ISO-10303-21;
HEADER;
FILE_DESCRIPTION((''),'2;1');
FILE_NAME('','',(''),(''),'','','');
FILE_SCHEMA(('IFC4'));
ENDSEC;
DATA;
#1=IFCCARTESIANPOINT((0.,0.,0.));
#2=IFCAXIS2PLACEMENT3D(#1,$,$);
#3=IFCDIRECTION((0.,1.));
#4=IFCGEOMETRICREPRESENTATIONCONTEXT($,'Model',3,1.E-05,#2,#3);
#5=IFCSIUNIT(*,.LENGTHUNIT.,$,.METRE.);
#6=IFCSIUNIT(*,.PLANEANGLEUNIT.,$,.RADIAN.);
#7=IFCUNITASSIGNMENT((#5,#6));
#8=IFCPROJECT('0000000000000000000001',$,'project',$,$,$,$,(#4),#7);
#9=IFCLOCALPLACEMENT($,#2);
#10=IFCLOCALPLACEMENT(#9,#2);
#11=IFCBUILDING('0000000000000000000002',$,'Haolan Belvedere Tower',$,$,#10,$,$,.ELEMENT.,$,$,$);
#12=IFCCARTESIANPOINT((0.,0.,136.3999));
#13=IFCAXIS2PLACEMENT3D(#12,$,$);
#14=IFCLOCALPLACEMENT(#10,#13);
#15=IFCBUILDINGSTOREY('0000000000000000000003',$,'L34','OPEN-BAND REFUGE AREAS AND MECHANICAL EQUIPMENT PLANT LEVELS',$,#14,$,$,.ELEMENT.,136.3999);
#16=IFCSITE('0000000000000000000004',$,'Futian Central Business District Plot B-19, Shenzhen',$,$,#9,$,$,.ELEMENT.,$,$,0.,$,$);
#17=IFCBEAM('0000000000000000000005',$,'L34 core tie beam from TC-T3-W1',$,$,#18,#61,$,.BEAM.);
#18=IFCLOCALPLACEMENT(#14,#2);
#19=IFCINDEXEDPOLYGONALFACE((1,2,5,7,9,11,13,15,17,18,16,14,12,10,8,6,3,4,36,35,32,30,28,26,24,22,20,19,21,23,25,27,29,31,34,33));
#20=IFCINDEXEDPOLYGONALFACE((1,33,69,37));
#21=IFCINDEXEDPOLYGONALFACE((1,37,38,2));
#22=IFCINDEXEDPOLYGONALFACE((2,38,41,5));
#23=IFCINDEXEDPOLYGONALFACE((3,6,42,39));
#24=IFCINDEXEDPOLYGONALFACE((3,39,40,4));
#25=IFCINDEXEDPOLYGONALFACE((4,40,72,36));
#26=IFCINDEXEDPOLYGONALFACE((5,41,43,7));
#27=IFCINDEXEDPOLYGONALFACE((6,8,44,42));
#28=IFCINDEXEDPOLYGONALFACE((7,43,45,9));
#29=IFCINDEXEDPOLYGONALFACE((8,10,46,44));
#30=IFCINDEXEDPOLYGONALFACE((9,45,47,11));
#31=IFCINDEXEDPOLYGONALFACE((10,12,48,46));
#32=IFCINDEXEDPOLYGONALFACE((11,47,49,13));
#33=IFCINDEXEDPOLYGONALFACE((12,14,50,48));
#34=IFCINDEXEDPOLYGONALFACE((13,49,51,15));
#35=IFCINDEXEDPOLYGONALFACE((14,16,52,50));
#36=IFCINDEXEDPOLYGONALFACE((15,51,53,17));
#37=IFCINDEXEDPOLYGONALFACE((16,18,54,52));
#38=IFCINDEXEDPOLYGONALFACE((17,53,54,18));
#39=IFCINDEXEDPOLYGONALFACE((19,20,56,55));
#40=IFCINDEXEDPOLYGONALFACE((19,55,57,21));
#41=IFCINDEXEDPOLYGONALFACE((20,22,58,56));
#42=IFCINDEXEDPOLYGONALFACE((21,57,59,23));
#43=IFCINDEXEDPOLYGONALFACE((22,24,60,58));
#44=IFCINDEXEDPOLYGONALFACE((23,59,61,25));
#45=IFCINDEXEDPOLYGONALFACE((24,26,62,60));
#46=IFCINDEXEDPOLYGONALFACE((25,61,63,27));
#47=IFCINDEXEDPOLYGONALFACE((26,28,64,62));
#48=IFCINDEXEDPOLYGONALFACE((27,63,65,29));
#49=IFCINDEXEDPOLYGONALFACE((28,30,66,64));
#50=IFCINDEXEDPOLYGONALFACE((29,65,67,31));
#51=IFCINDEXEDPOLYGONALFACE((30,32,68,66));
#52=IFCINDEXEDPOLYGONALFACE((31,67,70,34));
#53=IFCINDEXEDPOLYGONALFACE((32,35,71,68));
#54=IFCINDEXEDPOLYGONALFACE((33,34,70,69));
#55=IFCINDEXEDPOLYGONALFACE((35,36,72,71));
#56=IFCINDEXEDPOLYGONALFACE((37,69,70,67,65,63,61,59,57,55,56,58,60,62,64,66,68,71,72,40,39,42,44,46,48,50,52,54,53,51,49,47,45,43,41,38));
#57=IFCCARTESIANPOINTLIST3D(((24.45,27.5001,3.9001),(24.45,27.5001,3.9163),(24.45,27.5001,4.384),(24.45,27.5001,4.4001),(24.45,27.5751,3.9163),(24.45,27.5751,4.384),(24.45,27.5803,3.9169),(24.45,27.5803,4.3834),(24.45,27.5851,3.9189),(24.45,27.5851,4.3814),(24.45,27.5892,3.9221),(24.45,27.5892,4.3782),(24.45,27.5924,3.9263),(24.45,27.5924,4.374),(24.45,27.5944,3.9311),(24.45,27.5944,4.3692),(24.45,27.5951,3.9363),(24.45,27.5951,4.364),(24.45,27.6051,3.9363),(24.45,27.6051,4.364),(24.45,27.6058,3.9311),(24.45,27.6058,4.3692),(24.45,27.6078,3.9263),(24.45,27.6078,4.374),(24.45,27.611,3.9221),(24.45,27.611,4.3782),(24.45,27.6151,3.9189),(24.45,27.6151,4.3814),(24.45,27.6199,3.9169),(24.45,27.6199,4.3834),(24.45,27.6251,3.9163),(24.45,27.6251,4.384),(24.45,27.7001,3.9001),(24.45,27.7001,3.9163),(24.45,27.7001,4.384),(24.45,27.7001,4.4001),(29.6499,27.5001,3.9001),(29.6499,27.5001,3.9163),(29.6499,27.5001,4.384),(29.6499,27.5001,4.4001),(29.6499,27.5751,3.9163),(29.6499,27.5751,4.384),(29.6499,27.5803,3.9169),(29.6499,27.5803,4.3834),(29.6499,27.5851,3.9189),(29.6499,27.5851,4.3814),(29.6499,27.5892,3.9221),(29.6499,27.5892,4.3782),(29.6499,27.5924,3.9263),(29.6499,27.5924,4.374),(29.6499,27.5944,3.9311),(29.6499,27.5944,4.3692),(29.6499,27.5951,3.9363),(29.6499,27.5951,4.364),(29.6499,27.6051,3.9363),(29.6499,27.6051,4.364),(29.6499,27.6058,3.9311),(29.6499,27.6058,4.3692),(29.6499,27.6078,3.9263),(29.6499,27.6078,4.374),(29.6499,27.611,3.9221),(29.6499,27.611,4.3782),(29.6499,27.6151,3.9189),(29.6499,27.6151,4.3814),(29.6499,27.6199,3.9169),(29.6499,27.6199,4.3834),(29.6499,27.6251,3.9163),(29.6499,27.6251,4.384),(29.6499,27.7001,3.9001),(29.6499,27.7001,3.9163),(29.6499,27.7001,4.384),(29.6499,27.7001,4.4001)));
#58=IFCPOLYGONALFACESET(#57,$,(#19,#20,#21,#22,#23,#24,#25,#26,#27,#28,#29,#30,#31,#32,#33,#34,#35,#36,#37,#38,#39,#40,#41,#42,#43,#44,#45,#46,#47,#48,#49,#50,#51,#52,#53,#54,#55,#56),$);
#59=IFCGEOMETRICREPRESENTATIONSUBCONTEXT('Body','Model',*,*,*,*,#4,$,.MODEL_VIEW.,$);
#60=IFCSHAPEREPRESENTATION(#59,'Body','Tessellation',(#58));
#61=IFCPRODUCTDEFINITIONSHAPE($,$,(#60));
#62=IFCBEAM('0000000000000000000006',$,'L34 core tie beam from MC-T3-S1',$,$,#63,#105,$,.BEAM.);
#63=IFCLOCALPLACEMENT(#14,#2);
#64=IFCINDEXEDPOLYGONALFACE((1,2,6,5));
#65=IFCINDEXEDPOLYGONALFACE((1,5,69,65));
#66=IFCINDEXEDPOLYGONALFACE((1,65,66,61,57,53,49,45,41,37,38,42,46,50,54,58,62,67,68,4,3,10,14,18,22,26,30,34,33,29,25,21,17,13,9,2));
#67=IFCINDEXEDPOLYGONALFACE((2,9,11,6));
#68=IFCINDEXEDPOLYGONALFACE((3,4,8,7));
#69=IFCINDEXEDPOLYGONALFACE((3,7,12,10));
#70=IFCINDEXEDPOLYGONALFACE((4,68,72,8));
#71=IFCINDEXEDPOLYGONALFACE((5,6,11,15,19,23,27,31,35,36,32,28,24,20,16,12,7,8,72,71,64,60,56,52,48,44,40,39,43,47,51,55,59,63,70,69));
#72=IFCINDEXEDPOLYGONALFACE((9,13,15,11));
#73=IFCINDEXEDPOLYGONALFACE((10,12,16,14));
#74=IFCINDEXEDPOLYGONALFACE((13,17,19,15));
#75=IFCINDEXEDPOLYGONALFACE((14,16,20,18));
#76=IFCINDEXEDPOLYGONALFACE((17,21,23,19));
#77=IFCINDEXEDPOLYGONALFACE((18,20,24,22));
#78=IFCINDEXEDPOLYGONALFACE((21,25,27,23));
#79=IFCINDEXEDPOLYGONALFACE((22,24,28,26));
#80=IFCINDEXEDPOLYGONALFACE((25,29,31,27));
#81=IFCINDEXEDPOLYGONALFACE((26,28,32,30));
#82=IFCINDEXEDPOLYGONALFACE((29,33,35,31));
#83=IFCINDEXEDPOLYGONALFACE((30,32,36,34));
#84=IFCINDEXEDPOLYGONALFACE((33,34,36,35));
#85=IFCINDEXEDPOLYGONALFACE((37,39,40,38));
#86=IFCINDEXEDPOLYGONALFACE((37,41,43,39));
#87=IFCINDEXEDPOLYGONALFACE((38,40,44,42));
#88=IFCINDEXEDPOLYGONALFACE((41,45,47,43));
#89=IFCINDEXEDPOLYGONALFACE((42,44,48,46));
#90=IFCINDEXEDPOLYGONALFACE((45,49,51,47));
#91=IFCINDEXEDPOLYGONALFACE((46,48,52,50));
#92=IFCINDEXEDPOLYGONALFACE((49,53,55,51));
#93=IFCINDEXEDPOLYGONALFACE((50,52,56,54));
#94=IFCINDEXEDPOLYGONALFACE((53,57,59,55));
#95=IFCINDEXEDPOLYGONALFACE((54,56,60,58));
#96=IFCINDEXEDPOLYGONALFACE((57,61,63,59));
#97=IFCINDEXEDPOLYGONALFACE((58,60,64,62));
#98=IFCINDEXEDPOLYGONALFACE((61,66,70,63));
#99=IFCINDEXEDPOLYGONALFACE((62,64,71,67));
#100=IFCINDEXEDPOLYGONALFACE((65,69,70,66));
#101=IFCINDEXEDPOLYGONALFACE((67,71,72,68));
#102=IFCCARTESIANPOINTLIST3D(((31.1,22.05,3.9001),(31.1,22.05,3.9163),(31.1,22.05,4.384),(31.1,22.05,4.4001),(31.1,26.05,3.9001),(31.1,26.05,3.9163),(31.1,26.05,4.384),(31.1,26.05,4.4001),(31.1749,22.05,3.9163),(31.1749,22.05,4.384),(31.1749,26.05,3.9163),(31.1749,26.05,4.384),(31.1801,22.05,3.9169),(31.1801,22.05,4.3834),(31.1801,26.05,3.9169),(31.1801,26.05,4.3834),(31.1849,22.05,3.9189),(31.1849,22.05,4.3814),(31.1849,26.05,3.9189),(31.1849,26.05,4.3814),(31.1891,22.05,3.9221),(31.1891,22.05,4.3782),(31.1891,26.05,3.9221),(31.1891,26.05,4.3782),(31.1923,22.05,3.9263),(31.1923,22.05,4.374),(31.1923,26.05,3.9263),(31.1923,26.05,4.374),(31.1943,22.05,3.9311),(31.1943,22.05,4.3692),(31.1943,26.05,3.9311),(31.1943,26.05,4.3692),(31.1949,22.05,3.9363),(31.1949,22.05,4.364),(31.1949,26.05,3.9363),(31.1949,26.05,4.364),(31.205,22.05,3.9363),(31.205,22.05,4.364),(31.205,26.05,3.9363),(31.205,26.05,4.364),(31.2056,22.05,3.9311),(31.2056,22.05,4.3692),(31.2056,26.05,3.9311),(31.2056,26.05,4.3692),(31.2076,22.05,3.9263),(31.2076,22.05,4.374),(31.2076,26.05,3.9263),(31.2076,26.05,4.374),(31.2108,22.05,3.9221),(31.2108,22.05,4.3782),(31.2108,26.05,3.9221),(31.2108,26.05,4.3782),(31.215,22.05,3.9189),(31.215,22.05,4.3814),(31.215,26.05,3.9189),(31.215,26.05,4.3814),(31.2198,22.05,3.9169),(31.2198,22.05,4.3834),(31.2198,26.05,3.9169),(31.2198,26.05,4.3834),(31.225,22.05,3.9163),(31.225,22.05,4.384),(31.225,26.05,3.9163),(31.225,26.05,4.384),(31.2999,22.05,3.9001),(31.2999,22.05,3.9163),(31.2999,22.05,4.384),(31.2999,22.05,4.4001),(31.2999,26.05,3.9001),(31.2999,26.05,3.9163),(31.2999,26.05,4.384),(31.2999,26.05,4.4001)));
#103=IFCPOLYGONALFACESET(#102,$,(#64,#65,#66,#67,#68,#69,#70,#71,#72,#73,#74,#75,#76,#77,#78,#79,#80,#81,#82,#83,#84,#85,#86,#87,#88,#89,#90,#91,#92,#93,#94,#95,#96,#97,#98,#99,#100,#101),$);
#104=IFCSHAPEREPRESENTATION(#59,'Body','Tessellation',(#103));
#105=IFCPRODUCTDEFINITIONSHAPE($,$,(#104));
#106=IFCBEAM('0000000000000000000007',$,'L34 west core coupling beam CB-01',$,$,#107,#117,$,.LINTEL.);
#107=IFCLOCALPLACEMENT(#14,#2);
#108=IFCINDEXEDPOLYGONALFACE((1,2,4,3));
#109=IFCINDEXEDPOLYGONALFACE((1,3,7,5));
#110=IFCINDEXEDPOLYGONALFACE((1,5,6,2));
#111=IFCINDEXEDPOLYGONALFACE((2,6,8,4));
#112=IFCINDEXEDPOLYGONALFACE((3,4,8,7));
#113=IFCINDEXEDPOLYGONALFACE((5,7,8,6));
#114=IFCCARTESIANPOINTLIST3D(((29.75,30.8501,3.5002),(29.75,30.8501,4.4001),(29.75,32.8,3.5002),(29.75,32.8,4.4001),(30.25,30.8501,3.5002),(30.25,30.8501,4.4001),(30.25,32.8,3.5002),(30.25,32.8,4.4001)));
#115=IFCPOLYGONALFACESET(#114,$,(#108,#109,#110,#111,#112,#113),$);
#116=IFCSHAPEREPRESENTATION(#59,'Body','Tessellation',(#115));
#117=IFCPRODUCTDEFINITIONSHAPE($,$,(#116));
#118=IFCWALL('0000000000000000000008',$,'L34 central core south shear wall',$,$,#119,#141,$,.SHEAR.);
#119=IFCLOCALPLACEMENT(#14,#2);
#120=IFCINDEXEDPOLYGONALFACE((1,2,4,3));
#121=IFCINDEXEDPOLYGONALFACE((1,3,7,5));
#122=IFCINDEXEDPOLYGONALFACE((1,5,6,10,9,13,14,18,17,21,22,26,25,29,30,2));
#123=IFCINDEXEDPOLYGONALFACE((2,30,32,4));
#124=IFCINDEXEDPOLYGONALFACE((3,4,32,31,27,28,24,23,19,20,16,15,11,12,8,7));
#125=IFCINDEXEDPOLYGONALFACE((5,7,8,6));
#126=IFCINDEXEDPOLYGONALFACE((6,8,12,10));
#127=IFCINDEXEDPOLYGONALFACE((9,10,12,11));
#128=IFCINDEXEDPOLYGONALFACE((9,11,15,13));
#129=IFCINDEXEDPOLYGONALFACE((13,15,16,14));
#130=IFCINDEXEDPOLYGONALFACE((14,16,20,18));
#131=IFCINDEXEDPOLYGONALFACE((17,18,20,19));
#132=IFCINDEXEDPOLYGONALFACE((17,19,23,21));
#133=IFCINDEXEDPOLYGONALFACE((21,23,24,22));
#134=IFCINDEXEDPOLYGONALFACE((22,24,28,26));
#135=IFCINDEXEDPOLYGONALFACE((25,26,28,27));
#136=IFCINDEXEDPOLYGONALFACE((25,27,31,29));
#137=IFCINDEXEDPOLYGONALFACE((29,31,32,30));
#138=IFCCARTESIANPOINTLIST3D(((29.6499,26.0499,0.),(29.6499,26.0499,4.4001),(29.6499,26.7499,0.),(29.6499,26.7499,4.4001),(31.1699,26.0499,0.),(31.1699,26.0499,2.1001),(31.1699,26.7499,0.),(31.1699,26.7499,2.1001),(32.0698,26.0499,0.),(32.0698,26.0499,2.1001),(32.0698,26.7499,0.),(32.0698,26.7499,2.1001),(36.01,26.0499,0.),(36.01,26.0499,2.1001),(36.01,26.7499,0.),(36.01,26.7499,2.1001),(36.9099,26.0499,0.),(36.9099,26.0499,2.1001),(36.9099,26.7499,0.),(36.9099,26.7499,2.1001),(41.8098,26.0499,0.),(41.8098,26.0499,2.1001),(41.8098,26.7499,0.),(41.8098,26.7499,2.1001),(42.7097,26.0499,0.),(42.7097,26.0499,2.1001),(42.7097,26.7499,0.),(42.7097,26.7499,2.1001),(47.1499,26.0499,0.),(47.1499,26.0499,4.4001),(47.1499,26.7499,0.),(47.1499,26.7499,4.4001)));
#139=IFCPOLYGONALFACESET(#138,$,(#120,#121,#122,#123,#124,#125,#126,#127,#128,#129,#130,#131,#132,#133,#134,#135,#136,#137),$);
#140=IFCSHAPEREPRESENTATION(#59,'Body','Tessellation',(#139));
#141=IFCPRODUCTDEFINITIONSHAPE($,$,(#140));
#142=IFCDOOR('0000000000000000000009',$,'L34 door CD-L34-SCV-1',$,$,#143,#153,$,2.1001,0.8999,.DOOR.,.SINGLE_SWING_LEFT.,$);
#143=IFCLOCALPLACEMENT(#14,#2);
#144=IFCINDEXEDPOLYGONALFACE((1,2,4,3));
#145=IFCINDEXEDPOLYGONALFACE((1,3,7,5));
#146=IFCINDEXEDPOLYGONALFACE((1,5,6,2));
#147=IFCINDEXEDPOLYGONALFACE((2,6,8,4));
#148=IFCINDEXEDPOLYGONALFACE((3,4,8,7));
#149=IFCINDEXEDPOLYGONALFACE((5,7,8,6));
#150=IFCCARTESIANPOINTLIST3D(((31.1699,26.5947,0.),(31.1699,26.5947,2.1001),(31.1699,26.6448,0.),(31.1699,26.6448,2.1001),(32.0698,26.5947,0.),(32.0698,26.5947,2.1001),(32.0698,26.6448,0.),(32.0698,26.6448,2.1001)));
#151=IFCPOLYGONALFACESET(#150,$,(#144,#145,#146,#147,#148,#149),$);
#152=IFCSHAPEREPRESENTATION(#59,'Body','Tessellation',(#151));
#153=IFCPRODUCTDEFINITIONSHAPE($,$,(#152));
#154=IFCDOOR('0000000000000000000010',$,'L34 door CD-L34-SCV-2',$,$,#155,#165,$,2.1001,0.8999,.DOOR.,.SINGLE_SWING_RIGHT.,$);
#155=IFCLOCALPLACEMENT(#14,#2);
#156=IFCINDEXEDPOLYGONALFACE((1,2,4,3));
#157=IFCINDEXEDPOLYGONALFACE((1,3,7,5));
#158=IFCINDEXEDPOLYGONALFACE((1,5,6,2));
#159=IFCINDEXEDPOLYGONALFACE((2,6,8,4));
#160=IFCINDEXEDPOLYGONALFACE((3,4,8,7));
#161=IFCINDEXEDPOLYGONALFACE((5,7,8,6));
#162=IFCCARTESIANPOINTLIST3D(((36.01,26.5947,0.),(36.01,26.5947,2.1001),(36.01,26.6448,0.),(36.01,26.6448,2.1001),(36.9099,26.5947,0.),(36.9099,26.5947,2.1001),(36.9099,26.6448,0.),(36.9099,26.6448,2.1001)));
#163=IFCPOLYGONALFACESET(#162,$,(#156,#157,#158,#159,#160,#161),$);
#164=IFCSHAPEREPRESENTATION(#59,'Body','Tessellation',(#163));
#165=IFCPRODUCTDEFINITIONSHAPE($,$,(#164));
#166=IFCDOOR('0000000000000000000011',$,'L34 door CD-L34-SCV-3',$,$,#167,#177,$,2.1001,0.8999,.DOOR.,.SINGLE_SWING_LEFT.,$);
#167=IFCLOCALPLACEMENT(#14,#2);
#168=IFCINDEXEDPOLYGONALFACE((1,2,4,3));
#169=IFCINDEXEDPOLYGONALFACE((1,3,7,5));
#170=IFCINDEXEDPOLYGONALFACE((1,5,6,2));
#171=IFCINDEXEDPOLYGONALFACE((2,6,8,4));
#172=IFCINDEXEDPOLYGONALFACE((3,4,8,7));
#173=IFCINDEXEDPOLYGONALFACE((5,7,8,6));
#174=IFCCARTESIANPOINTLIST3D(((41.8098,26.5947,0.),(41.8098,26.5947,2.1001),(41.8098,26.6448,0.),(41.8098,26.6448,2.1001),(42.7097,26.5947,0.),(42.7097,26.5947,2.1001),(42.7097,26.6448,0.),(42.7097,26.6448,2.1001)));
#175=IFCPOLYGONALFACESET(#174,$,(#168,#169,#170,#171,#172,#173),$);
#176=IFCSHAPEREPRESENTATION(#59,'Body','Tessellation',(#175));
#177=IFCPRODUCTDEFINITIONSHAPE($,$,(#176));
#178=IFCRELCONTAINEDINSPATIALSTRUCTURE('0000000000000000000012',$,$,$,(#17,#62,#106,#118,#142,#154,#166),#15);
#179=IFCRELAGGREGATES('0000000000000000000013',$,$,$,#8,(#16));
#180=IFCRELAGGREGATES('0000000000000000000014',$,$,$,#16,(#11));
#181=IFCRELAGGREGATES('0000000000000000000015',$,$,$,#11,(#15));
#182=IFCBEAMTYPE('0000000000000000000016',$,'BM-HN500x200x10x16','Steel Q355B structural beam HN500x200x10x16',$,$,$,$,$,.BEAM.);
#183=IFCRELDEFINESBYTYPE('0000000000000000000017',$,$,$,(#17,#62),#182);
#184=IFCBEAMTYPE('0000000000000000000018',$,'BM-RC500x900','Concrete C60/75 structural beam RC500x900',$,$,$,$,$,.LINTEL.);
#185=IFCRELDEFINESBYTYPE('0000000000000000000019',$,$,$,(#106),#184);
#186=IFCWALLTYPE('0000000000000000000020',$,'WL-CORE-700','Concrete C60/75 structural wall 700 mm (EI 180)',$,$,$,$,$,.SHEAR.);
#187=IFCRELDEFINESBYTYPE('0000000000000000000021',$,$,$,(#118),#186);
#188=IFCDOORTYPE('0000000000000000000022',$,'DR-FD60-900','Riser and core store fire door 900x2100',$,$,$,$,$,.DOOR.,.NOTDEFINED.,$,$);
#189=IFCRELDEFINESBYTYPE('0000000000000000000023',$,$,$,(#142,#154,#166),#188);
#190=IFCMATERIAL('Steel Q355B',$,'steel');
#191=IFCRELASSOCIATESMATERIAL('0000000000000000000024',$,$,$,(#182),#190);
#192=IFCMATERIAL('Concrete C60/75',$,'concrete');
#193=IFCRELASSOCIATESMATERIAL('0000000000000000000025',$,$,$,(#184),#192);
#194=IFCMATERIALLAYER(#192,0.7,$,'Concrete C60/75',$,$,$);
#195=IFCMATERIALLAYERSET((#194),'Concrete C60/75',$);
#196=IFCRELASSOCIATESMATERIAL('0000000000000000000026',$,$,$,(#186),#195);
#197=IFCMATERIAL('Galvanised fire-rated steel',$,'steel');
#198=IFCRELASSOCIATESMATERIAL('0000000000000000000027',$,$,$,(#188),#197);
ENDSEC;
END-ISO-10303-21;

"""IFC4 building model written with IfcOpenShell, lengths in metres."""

from ifc_helpers import new_model, si_unit, direction, frame, frame_2d, origin, origin_2d, place, context, subcontext, project, spatial, rectangle, i_section, extrude, material, layer, layer_set, material_profile, profile_set, type_object, element, fill, save


model = new_model("IFC4")

# Units and contexts
model_context = context("Model", 3, precision=1e-05, world=origin(), true_north=direction((0.0, 1.0)))
body_context = subcontext(model_context, "Body", "Model", "MODEL_VIEW")
ifc_project = project(units=[si_unit("LENGTHUNIT", "METRE"), si_unit("PLANEANGLEUNIT", "RADIAN")], contexts=[model_context])

# Site, building, storey
site_placement = place(None, origin())
site = spatial("IfcSite", under=ifc_project, at=site_placement, Name="Futian Central Business District Plot B-19, Shenzhen", CompositionType="ELEMENT", RefElevation=0.0)
building_placement = place(site_placement, origin())
building = spatial("IfcBuilding", under=site, at=building_placement, Name="Haolan Belvedere Tower", CompositionType="ELEMENT")
storey_placement = place(building_placement, frame((0.0, 0.0, 136.3999)))
storey = spatial("IfcBuildingStorey", under=building, at=storey_placement, Name="L34", Description="OPEN-BAND REFUGE AREAS AND MECHANICAL EQUIPMENT PLANT LEVELS", CompositionType="ELEMENT", Elevation=136.3999)

# Beams
ifc_material_1 = material(Name="Steel Q355B", Category="steel")
ifc_material_profile_1 = material_profile(ifc_material_1, i_section(OverallWidth=0.2, OverallDepth=0.5, WebThickness=0.01, FlangeThickness=0.0161, FilletRadius=0.02, at=origin_2d()), Name="Steel Q355B")
ifc_profile_set_1 = profile_set([ifc_material_profile_1], Name="Steel Q355B")
beam_type_1 = type_object("IfcBeamType", Name="BM-HN500x200x10x16", Description="Steel Q355B structural beam HN500x200x10x16", PredefinedType="BEAM", material=ifc_profile_set_1)
beam_1_placement = place(storey_placement, frame((24.45, 27.6001, 4.1501), z_axis=(1.0, 0.0, 0.0), x_axis=(0.0, 1.0, 0.0)))
element("IfcBeam", 1, at=beam_1_placement, inside=storey, type_object=beam_type_1, Name="L34 core tie beam from TC-T3-W1", PredefinedType="BEAM", context=body_context, shape_type="SweptSolid", body=[
    extrude(i_section(OverallWidth=0.2, OverallDepth=0.5, WebThickness=0.01, FlangeThickness=0.0161, FilletRadius=0.02, at=origin_2d()), origin(), (0.0, 0.0, 1.0), 5.2),
])
beam_2_placement = place(storey_placement, frame((31.2, 22.05, 4.1501), z_axis=(0.0, 1.0, 0.0), x_axis=(-1.0, 0.0, 0.0)))
element("IfcBeam", 2, at=beam_2_placement, inside=storey, type_object=beam_type_1, Name="L34 core tie beam from MC-T3-S1", PredefinedType="BEAM", context=body_context, shape_type="SweptSolid", body=[
    extrude(i_section(OverallWidth=0.2, OverallDepth=0.5, WebThickness=0.01, FlangeThickness=0.0161, FilletRadius=0.02, at=origin_2d()), origin(), (0.0, 0.0, 1.0), 4.0),
])
ifc_material_2 = material(Name="Concrete C60/75", Category="concrete")
ifc_material_profile_2 = material_profile(ifc_material_2, rectangle(XDim=0.5, YDim=0.8999, at=origin_2d()), Name="Concrete C60/75")
ifc_profile_set_2 = profile_set([ifc_material_profile_2], Name="Concrete C60/75")
beam_type_2 = type_object("IfcBeamType", Name="BM-RC500x900", Description="Concrete C60/75 structural beam RC500x900", PredefinedType="LINTEL", material=ifc_profile_set_2)
beam_3_placement = place(storey_placement, frame((30.0, 30.8501, 3.9502), z_axis=(0.0, 1.0, 0.0), x_axis=(-1.0, 0.0, 0.0)))
element("IfcBeam", 3, at=beam_3_placement, inside=storey, type_object=beam_type_2, Name="L34 west core coupling beam CB-01", PredefinedType="LINTEL", context=body_context, shape_type="SweptSolid", body=[
    extrude(rectangle(XDim=0.5, YDim=0.8999, at=origin_2d()), origin(), (0.0, 0.0, 1.0), 1.95),
])

# Wall, openings, doors
ifc_layer_1 = layer(ifc_material_2, 0.7, Name="Concrete C60/75")
ifc_layer_set_1 = layer_set([ifc_layer_1], Name="Concrete C60/75")
wall_type_1 = type_object("IfcWallType", Name="WL-CORE-700", Description="Concrete C60/75 structural wall 700 mm (EI 180)", PredefinedType="SHEAR", material=ifc_layer_set_1)
wall_1_placement = place(storey_placement, frame((29.6499, 26.3999, 0.0), z_axis=(0.0, 0.0, 1.0), x_axis=(1.0, 0.0, 0.0)))
wall_1 = element("IfcWall", 4, at=wall_1_placement, inside=storey, type_object=wall_type_1, Name="L34 central core south shear wall", PredefinedType="SHEAR", context=body_context, shape_type="SweptSolid", body=[
    extrude(rectangle(XDim=17.5, YDim=0.7, at=frame_2d((8.75, 0.0))), origin(), (0.0, 0.0, 1.0), 4.4001),
])
opening_1_placement = place(wall_1_placement, frame((2.4199, 0.0, 0.0), z_axis=(0.0, 0.0, 1.0), x_axis=(-1.0, 0.0, 0.0)))
opening_1 = element("IfcOpeningElement", 5, at=opening_1_placement, cuts=wall_1, PredefinedType="OPENING", context=body_context, shape_type="SweptSolid", body=[
    extrude(rectangle(XDim=0.8999, YDim=2.1001, at=frame_2d((0.45, 1.05))), frame((0.0, 0.3599, 0.0), z_axis=(0.0, -1.0, 0.0), x_axis=(1.0, 0.0, 0.0)), (0.0, 0.0, 1.0), 0.72),
])
opening_2_placement = place(wall_1_placement, frame((7.26, 0.0, 0.0), z_axis=(0.0, 0.0, 1.0), x_axis=(-1.0, 0.0, 0.0)))
opening_2 = element("IfcOpeningElement", 6, at=opening_2_placement, cuts=wall_1, PredefinedType="OPENING", context=body_context, shape_type="SweptSolid", body=[
    extrude(rectangle(XDim=0.8999, YDim=2.1001, at=frame_2d((0.45, 1.05))), frame((0.0, 0.3599, 0.0), z_axis=(0.0, -1.0, 0.0), x_axis=(1.0, 0.0, 0.0)), (0.0, 0.0, 1.0), 0.72),
])
opening_3_placement = place(wall_1_placement, frame((13.0598, 0.0, 0.0), z_axis=(0.0, 0.0, 1.0), x_axis=(-1.0, 0.0, 0.0)))
opening_3 = element("IfcOpeningElement", 7, at=opening_3_placement, cuts=wall_1, PredefinedType="OPENING", context=body_context, shape_type="SweptSolid", body=[
    extrude(rectangle(XDim=0.8999, YDim=2.1001, at=frame_2d((0.45, 1.05))), frame((0.0, 0.3599, 0.0), z_axis=(0.0, -1.0, 0.0), x_axis=(1.0, 0.0, 0.0)), (0.0, 0.0, 1.0), 0.72),
])
ifc_material_3 = material(Name="Galvanised fire-rated steel", Category="steel")
door_type_1 = type_object("IfcDoorType", Name="DR-FD60-900", Description="Riser and core store fire door 900x2100", OperationType="NOTDEFINED", PredefinedType="DOOR", material=ifc_material_3)
door_1_placement = place(opening_1_placement, origin())
door_1 = element("IfcDoor", 8, at=door_1_placement, inside=storey, type_object=door_type_1, Name="L34 door CD-L34-SCV-1", OperationType="SINGLE_SWING_LEFT", OverallHeight=2.1001, OverallWidth=0.8999, PredefinedType="DOOR", context=body_context, shape_type="SweptSolid", body=[
    extrude(rectangle(XDim=0.8999, YDim=2.1001, at=frame_2d((0.45, 1.05))), frame((0.0, -0.1948, 0.0), z_axis=(0.0, -1.0, 0.0), x_axis=(1.0, 0.0, 0.0)), (0.0, 0.0, 1.0), 0.05),
])
fill(opening_1, door_1)
door_2_placement = place(opening_2_placement, origin())
door_2 = element("IfcDoor", 9, at=door_2_placement, inside=storey, type_object=door_type_1, Name="L34 door CD-L34-SCV-2", OperationType="SINGLE_SWING_RIGHT", OverallHeight=2.1001, OverallWidth=0.8999, PredefinedType="DOOR", context=body_context, shape_type="SweptSolid", body=[
    extrude(rectangle(XDim=0.8999, YDim=2.1001, at=frame_2d((0.45, 1.05))), frame((0.0, -0.1948, 0.0), z_axis=(0.0, -1.0, 0.0), x_axis=(1.0, 0.0, 0.0)), (0.0, 0.0, 1.0), 0.05),
])
fill(opening_2, door_2)
door_3_placement = place(opening_3_placement, origin())
door_3 = element("IfcDoor", 10, at=door_3_placement, inside=storey, type_object=door_type_1, Name="L34 door CD-L34-SCV-3", OperationType="SINGLE_SWING_LEFT", OverallHeight=2.1001, OverallWidth=0.8999, PredefinedType="DOOR", context=body_context, shape_type="SweptSolid", body=[
    extrude(rectangle(XDim=0.8999, YDim=2.1001, at=frame_2d((0.45, 1.05))), frame((0.0, -0.1948, 0.0), z_axis=(0.0, -1.0, 0.0), x_axis=(1.0, 0.0, 0.0)), (0.0, 0.0, 1.0), 0.05),
])
fill(opening_3, door_3)

save(model, "model.ifc")
